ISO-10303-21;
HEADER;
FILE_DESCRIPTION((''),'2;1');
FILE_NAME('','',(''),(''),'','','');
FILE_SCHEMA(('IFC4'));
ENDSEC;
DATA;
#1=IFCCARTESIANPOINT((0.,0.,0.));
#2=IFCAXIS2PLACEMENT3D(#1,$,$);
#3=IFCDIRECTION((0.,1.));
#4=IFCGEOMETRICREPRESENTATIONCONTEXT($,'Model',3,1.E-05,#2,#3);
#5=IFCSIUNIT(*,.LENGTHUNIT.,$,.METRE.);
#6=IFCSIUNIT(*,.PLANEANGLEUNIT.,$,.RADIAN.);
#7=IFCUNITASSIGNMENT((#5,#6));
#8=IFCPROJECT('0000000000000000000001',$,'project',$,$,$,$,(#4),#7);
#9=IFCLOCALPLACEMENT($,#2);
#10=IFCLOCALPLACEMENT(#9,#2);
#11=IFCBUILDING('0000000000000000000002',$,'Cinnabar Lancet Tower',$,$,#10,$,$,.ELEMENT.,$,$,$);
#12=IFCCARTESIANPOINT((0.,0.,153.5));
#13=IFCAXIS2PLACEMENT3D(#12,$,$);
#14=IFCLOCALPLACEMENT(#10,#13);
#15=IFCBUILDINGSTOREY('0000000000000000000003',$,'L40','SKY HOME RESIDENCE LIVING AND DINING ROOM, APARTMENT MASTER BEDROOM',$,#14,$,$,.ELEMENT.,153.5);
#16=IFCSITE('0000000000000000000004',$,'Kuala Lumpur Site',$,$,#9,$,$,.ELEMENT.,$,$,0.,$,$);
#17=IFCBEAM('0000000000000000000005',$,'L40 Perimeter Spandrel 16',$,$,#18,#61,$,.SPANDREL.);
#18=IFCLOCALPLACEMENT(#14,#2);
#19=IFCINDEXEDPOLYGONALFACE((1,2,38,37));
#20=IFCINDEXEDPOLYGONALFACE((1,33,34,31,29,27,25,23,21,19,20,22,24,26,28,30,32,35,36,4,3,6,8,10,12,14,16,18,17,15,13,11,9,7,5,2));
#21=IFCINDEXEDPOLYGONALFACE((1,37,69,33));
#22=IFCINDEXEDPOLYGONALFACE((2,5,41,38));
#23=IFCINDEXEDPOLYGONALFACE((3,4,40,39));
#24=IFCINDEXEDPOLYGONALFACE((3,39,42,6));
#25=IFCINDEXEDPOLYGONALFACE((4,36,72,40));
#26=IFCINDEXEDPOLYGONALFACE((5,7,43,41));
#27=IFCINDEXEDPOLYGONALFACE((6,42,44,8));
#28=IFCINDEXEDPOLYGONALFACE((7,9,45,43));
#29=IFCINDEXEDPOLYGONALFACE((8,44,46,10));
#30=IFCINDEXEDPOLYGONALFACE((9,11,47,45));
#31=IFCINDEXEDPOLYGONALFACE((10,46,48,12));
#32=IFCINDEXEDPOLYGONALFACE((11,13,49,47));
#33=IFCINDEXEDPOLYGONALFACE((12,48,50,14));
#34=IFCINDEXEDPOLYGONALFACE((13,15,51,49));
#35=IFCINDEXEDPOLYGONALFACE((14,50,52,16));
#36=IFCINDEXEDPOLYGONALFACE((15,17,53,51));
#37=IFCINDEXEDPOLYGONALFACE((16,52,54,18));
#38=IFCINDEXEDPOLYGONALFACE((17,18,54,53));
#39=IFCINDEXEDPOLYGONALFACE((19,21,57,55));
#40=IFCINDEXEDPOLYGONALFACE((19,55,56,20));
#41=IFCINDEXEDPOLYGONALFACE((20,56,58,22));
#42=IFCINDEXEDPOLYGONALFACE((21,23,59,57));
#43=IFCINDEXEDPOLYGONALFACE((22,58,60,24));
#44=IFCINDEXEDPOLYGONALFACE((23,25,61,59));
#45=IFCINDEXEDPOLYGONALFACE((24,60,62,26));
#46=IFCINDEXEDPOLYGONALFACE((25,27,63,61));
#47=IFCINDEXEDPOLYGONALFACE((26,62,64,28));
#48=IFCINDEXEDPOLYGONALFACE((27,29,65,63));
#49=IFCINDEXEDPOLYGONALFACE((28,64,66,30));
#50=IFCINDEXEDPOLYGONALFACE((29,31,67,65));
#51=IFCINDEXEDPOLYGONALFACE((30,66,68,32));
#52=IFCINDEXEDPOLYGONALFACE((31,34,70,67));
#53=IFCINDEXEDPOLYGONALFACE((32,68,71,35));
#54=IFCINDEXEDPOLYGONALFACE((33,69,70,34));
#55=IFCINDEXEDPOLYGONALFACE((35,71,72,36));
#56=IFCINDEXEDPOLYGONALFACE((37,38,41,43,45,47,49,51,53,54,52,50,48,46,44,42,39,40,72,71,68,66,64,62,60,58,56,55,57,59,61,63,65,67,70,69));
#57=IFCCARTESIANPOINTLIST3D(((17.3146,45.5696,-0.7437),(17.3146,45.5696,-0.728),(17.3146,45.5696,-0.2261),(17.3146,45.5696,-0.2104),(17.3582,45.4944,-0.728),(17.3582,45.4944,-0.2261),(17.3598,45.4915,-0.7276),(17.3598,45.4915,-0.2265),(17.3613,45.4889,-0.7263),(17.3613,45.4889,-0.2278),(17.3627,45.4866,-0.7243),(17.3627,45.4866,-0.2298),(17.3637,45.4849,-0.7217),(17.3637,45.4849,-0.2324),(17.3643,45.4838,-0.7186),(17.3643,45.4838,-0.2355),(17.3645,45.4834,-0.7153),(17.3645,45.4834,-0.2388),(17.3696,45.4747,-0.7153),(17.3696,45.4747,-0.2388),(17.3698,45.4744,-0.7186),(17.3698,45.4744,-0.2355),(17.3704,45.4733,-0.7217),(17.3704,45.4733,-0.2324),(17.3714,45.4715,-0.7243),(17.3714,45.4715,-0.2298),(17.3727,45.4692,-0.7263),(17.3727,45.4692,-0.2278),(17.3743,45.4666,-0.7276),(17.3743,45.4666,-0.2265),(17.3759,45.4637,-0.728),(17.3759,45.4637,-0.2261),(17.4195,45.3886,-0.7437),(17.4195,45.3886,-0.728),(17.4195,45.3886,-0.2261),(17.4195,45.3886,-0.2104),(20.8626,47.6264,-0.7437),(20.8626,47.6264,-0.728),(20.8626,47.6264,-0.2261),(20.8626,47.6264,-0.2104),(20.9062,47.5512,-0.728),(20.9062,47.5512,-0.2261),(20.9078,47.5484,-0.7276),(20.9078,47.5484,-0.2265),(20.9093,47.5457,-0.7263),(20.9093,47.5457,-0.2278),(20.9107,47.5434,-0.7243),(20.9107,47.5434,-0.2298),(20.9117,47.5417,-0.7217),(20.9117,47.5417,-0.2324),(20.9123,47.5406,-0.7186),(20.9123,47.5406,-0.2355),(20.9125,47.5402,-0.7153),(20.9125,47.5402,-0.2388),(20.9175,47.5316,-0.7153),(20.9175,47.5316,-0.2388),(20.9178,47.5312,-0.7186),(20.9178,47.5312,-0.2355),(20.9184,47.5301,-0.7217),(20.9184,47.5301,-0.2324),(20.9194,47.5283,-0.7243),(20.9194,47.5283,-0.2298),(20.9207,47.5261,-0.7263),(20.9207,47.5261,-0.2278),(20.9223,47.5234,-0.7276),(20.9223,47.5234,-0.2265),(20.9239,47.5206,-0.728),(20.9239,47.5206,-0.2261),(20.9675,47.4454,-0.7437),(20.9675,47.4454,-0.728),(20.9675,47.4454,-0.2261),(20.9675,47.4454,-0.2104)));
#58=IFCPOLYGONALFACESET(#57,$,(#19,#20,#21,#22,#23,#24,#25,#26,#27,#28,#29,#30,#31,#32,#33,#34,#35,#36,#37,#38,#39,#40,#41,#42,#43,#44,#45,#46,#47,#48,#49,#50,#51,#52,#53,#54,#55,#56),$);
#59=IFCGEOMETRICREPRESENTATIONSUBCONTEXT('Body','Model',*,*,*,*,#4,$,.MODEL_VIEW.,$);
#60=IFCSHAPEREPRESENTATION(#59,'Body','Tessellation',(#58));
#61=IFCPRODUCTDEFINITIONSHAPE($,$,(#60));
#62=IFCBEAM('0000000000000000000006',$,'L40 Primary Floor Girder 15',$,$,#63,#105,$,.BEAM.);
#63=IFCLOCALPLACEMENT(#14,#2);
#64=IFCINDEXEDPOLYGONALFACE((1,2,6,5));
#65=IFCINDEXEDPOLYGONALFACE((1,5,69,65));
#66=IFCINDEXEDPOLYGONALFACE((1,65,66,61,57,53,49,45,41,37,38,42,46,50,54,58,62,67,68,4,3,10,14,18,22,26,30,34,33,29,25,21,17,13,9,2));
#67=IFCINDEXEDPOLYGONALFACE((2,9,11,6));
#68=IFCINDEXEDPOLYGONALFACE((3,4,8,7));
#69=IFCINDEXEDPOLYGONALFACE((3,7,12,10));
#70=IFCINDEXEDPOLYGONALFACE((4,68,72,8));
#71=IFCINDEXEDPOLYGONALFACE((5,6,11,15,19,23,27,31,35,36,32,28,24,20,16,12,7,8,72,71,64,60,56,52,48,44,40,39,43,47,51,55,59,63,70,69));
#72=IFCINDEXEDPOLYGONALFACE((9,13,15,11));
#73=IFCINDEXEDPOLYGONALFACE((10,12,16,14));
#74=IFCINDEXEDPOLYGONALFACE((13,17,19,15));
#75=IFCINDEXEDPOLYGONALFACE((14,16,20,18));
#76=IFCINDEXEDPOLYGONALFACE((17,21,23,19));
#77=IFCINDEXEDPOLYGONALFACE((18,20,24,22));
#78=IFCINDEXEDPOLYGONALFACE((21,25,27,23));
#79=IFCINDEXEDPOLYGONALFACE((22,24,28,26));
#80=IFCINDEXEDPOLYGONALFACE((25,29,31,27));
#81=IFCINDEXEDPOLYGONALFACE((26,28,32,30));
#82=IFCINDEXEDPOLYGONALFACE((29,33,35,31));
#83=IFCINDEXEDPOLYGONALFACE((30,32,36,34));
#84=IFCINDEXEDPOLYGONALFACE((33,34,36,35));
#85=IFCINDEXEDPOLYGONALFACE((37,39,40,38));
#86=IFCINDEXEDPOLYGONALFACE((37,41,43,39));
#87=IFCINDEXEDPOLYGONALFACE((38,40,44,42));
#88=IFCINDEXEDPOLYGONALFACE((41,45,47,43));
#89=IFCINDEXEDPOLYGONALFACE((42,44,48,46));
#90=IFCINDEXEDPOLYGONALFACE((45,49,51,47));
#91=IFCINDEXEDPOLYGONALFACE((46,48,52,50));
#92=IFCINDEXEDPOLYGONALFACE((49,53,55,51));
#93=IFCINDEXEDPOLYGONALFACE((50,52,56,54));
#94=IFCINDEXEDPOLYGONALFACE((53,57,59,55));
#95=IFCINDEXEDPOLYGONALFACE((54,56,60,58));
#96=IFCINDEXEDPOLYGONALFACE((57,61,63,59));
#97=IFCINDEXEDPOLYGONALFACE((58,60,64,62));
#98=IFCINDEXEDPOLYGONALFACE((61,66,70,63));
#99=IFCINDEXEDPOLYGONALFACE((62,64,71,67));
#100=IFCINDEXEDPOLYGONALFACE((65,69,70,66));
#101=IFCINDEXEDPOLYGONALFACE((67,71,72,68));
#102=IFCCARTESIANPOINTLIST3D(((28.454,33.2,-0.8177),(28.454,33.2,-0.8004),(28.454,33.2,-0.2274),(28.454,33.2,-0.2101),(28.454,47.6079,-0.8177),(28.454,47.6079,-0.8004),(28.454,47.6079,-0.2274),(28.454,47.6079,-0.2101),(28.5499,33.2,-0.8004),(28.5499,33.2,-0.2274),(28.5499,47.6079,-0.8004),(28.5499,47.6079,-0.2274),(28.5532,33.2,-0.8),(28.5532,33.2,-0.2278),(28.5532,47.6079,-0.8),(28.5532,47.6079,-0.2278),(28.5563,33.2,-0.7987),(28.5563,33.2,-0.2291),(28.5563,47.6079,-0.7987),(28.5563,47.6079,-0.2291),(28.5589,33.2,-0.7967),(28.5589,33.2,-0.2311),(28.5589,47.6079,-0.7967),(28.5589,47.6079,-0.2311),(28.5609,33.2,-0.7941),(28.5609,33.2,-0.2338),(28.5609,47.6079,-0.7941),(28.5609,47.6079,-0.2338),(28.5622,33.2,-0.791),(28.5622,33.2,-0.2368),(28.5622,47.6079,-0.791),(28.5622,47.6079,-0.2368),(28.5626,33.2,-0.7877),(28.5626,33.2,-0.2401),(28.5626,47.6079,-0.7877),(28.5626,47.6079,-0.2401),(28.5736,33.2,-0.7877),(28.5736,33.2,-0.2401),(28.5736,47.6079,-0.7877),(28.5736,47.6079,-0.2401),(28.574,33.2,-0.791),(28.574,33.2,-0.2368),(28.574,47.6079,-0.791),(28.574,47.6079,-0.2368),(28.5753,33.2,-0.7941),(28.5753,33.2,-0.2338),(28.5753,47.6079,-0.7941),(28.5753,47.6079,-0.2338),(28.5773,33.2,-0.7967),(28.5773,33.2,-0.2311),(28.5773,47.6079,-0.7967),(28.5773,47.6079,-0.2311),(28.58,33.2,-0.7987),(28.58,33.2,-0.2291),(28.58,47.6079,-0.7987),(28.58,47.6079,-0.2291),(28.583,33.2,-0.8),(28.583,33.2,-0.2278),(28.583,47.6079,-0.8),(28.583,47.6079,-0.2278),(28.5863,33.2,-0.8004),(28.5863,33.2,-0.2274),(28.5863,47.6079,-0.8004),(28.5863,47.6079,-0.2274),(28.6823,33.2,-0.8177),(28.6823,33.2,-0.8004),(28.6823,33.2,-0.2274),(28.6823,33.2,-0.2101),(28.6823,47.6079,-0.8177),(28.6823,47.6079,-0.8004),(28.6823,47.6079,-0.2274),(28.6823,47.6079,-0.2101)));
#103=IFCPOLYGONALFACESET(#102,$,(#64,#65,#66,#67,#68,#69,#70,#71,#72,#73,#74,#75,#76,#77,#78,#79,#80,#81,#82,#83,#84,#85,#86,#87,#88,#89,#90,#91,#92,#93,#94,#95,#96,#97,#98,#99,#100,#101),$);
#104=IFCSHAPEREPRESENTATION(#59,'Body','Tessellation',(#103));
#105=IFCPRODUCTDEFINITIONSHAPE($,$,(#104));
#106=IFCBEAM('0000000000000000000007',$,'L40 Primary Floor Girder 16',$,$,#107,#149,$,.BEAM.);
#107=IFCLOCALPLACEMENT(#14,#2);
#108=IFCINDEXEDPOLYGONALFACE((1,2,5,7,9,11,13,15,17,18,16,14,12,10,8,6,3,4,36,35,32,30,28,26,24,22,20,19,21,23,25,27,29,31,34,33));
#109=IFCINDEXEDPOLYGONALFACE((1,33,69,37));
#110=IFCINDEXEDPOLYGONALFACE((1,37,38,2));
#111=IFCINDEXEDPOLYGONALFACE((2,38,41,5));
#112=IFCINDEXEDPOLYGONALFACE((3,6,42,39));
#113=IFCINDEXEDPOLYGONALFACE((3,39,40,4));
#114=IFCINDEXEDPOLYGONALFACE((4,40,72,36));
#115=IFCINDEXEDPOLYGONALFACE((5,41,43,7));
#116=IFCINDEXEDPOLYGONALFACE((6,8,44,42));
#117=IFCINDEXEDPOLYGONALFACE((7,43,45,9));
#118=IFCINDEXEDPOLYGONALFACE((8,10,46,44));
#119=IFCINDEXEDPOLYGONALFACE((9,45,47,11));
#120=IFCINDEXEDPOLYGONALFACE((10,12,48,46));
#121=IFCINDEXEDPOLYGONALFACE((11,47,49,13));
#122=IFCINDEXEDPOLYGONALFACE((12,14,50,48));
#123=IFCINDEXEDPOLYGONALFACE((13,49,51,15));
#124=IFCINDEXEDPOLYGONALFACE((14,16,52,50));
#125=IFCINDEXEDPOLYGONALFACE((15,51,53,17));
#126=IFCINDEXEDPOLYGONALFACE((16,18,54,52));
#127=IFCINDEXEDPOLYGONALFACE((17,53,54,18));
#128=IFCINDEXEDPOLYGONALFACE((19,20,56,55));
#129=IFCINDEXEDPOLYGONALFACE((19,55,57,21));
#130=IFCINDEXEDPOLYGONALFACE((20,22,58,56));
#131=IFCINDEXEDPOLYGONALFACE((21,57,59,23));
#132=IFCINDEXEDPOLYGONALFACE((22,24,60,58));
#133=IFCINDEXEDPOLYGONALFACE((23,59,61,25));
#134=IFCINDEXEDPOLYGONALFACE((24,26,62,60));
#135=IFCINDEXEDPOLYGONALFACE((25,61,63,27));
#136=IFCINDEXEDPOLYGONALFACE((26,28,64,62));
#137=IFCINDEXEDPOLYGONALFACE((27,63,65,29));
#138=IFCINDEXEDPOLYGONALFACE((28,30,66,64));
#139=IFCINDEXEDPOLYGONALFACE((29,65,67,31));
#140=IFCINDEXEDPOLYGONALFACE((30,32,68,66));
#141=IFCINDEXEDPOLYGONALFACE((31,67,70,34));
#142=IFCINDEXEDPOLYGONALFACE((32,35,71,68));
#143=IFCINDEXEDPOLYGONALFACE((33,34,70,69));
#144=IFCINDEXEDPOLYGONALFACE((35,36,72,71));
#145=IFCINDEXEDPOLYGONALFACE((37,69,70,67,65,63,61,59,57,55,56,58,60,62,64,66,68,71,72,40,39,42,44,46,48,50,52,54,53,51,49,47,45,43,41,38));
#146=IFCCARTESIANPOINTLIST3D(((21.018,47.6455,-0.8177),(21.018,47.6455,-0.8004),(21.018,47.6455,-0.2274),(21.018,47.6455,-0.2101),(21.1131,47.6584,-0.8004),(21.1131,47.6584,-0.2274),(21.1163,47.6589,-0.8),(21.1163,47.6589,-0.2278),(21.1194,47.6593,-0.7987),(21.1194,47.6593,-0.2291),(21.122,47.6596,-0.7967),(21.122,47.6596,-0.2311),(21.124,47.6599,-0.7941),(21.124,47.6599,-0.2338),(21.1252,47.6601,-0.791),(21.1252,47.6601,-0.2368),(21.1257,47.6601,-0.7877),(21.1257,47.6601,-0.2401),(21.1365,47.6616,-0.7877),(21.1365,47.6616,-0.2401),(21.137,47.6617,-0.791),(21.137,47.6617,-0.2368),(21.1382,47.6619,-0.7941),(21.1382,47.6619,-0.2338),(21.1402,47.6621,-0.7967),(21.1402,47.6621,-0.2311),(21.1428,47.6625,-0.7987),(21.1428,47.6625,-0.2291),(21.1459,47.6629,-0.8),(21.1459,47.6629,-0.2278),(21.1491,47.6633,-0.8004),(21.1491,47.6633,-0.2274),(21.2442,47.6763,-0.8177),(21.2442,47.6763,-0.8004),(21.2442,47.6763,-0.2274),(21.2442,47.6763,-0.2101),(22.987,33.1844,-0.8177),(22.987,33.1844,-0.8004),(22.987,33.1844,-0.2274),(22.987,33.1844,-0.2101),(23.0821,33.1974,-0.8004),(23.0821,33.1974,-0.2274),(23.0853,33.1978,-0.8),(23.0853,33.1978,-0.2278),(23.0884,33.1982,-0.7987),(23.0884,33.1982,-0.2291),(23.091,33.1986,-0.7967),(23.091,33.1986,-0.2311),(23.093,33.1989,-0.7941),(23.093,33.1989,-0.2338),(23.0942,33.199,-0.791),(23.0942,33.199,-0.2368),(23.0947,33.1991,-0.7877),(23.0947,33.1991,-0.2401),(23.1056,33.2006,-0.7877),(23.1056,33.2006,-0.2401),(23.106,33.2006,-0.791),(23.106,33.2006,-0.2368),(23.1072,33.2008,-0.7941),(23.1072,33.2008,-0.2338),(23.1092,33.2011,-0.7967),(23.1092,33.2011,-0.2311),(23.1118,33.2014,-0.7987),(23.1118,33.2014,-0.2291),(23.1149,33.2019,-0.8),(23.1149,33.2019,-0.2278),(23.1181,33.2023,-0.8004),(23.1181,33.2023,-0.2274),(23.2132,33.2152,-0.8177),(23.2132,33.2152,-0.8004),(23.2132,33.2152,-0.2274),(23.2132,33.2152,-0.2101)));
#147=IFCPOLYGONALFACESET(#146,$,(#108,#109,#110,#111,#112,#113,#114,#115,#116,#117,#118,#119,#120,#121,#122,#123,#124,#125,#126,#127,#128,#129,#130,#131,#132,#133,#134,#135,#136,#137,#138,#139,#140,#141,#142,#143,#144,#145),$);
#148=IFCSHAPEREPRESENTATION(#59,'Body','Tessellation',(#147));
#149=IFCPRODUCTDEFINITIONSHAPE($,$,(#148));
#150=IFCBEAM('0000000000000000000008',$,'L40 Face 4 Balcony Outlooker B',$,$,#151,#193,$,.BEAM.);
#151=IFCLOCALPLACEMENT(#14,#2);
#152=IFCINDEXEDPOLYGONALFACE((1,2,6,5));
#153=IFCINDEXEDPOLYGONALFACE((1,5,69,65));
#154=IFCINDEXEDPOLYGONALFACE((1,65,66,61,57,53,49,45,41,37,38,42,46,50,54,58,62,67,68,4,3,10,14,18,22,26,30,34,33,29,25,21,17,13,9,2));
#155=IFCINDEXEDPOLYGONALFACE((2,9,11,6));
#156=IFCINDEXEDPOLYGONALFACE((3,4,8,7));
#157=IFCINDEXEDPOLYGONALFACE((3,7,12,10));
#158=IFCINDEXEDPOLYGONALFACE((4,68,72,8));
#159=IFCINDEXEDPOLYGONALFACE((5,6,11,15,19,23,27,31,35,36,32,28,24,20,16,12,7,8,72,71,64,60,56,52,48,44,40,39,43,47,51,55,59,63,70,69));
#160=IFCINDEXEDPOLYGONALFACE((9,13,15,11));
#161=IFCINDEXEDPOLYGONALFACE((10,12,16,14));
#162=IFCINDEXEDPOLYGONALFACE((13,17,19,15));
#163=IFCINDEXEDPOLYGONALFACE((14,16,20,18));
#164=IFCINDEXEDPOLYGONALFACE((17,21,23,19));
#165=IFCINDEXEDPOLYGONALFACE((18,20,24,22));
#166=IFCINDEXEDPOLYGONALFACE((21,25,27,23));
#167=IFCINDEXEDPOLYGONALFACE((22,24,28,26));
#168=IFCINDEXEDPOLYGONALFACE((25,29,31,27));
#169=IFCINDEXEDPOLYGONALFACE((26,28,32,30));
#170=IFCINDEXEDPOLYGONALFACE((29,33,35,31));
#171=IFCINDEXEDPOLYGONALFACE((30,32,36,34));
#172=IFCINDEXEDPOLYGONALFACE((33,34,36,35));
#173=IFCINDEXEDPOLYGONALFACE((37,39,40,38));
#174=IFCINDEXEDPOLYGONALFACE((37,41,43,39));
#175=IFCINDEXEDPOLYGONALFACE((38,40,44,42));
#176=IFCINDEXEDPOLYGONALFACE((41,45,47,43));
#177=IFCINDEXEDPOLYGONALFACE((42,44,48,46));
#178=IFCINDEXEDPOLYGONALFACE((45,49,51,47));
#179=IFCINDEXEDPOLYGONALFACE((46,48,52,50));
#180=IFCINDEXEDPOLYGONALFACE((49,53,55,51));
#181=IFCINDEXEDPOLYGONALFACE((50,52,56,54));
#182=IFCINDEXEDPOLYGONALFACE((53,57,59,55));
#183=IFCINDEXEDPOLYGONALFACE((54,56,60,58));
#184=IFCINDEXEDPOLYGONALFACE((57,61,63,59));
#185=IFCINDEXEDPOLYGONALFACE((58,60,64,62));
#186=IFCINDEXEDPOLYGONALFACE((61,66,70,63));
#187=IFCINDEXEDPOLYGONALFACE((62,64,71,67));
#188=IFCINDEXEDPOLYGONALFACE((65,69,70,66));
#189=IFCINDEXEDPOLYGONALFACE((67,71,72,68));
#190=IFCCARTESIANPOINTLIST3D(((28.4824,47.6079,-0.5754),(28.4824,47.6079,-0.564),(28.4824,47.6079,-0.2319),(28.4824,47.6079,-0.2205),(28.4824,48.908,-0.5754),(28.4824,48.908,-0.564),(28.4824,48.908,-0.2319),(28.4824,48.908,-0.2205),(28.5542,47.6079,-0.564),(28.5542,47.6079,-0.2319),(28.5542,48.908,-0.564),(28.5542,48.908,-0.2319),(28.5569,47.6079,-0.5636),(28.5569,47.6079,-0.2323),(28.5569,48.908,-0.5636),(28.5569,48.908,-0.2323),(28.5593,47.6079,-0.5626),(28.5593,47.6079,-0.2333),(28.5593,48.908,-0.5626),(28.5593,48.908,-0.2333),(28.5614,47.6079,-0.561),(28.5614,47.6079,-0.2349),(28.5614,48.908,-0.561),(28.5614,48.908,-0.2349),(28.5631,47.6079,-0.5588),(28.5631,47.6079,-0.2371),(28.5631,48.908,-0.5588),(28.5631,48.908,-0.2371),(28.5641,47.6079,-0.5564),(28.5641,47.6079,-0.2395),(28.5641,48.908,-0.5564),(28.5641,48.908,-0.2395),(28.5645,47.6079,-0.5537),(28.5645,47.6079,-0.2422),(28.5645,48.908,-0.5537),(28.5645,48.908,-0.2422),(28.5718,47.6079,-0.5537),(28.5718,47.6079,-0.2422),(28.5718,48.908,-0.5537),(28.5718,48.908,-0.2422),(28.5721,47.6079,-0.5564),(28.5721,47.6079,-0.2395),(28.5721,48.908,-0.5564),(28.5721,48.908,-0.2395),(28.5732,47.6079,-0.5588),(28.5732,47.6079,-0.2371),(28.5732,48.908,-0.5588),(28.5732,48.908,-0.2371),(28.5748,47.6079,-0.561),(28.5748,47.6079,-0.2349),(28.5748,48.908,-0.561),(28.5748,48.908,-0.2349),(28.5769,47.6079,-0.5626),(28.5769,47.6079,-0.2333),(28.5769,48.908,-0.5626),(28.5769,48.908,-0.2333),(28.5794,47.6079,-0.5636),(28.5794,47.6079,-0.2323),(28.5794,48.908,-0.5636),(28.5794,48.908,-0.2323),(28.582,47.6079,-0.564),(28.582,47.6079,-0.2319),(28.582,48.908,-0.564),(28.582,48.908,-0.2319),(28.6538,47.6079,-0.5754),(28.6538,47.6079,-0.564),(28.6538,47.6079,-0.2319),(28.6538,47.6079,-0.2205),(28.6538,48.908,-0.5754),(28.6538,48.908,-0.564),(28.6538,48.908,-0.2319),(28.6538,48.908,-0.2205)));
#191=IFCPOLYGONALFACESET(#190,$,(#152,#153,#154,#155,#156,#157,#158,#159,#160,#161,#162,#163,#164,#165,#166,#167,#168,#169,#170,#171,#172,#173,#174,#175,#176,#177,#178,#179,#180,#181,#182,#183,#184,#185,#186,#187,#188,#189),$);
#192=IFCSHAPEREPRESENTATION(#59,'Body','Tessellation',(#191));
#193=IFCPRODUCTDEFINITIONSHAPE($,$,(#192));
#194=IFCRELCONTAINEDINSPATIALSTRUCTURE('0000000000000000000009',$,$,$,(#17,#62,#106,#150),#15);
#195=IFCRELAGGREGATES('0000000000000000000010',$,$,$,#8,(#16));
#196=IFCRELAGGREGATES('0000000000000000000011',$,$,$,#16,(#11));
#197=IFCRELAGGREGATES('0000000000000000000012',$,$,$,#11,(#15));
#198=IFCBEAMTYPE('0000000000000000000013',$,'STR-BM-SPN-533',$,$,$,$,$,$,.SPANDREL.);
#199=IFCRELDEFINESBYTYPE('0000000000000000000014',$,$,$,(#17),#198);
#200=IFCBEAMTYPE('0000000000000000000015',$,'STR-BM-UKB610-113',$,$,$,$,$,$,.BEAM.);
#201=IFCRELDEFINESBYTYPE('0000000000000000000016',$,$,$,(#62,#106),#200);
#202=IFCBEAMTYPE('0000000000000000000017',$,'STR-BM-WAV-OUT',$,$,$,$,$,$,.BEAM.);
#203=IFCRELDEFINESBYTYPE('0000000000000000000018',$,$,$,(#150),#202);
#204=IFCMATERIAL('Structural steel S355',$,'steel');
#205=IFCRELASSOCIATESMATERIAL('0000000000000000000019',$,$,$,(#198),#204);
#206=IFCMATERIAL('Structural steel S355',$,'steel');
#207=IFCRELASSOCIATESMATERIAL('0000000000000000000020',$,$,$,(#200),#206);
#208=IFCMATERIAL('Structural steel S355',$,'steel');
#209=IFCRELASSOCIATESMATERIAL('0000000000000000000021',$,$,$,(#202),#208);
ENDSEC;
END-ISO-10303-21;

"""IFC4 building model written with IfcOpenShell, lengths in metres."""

from ifc_helpers import new_model, si_unit, direction, frame, origin, origin_2d, place, context, subcontext, project, spatial, i_section, extrude, material, material_profile, profile_set, type_object, element, save


model = new_model("IFC4")

# Units and contexts
model_context = context("Model", 3, precision=1e-05, world=origin(), true_north=direction((0.0, 1.0)))
body_context = subcontext(model_context, "Body", "Model", "MODEL_VIEW")
ifc_project = project(units=[si_unit("LENGTHUNIT", "METRE"), si_unit("PLANEANGLEUNIT", "RADIAN")], contexts=[model_context])

# Site, building, storey
site_placement = place(None, origin())
site = spatial("IfcSite", under=ifc_project, at=site_placement, Name="Kuala Lumpur Site", CompositionType="ELEMENT", RefElevation=0.0)
building_placement = place(site_placement, origin())
building = spatial("IfcBuilding", under=site, at=building_placement, Name="Cinnabar Lancet Tower", CompositionType="ELEMENT")
storey_placement = place(building_placement, frame((0.0, 0.0, 153.5)))
storey = spatial("IfcBuildingStorey", under=building, at=storey_placement, Name="L40", Description="SKY HOME RESIDENCE LIVING AND DINING ROOM, APARTMENT MASTER BEDROOM", CompositionType="ELEMENT", Elevation=153.5)

# Beams
ifc_material_1 = material(Name="Structural steel S355", Category="steel")
ifc_material_profile_1 = material_profile(ifc_material_1, i_section(OverallWidth=0.2092, OverallDepth=0.5332, WebThickness=0.01, FlangeThickness=0.0156, FilletRadius=0.0127, at=origin_2d()), Name="UKB 533x210x92")
ifc_profile_set_1 = profile_set([ifc_material_profile_1], Name="Structural steel S355")
beam_type_1 = type_object("IfcBeamType", Name="STR-BM-SPN-533", PredefinedType="SPANDREL", material=ifc_profile_set_1)
beam_1_placement = place(storey_placement, frame((20.915, 47.5359, -0.4771), z_axis=(-0.865138, -0.501534, 0.0), x_axis=(0.501534, -0.865138, 0.0)))
element("IfcBeam", 1, at=beam_1_placement, inside=storey, type_object=beam_type_1, Name="L40 Perimeter Spandrel 16", PredefinedType="SPANDREL", context=body_context, shape_type="SweptSolid", body=[
    extrude(i_section(OverallWidth=0.2092, OverallDepth=0.5332, WebThickness=0.01, FlangeThickness=0.0156, FilletRadius=0.0127, at=origin_2d()), origin(), (0.0, 0.0, 1.0), 4.1011),
])
ifc_material_2 = material(Name="Structural steel S355", Category="steel")
ifc_material_profile_2 = material_profile(ifc_material_2, i_section(OverallWidth=0.2283, OverallDepth=0.6077, WebThickness=0.011, FlangeThickness=0.0173, FilletRadius=0.0127, at=origin_2d()), Name="UKB 610x229x113")
ifc_profile_set_2 = profile_set([ifc_material_profile_2], Name="Structural steel S355")
beam_type_2 = type_object("IfcBeamType", Name="STR-BM-UKB610-113", PredefinedType="BEAM", material=ifc_profile_set_2)
beam_2_placement = place(storey_placement, frame((28.5681, 47.6079, -0.5139), z_axis=(0.0, -1.0, 0.0), x_axis=(1.0, 0.0, 0.0)))
element("IfcBeam", 2, at=beam_2_placement, inside=storey, type_object=beam_type_2, Name="L40 Primary Floor Girder 15", PredefinedType="BEAM", context=body_context, shape_type="SweptSolid", body=[
    extrude(i_section(OverallWidth=0.2283, OverallDepth=0.6077, WebThickness=0.011, FlangeThickness=0.0173, FilletRadius=0.0127, at=origin_2d()), origin(), (0.0, 0.0, 1.0), 14.408),
])
beam_3_placement = place(storey_placement, frame((21.1311, 47.6609, -0.5139), z_axis=(0.134915, -0.990857, 0.0), x_axis=(0.990857, 0.134915, 0.0)))
element("IfcBeam", 3, at=beam_3_placement, inside=storey, type_object=beam_type_2, Name="L40 Primary Floor Girder 16", PredefinedType="BEAM", context=body_context, shape_type="SweptSolid", body=[
    extrude(i_section(OverallWidth=0.2283, OverallDepth=0.6077, WebThickness=0.011, FlangeThickness=0.0173, FilletRadius=0.0127, at=origin_2d()), origin(), (0.0, 0.0, 1.0), 14.5945),
])
ifc_material_3 = material(Name="Structural steel S355", Category="steel")
ifc_material_profile_3 = material_profile(ifc_material_3, i_section(OverallWidth=0.1714, OverallDepth=0.355, WebThickness=0.0073, FlangeThickness=0.0115, FilletRadius=0.0103, at=origin_2d()), Name="UKB 356x171x51")
ifc_profile_set_3 = profile_set([ifc_material_profile_3], Name="Structural steel S355")
beam_type_3 = type_object("IfcBeamType", Name="STR-BM-WAV-OUT", PredefinedType="BEAM", material=ifc_profile_set_3)
beam_4_placement = place(storey_placement, frame((28.5681, 47.6079, -0.3979), z_axis=(0.0, 1.0, 0.0), x_axis=(-1.0, 0.0, 0.0)))
element("IfcBeam", 4, at=beam_4_placement, inside=storey, type_object=beam_type_3, Name="L40 Face 4 Balcony Outlooker B", PredefinedType="BEAM", context=body_context, shape_type="SweptSolid", body=[
    extrude(i_section(OverallWidth=0.1714, OverallDepth=0.355, WebThickness=0.0073, FlangeThickness=0.0115, FilletRadius=0.0103, at=origin_2d()), origin(), (0.0, 0.0, 1.0), 1.3),
])

save(model, "model.ifc")
